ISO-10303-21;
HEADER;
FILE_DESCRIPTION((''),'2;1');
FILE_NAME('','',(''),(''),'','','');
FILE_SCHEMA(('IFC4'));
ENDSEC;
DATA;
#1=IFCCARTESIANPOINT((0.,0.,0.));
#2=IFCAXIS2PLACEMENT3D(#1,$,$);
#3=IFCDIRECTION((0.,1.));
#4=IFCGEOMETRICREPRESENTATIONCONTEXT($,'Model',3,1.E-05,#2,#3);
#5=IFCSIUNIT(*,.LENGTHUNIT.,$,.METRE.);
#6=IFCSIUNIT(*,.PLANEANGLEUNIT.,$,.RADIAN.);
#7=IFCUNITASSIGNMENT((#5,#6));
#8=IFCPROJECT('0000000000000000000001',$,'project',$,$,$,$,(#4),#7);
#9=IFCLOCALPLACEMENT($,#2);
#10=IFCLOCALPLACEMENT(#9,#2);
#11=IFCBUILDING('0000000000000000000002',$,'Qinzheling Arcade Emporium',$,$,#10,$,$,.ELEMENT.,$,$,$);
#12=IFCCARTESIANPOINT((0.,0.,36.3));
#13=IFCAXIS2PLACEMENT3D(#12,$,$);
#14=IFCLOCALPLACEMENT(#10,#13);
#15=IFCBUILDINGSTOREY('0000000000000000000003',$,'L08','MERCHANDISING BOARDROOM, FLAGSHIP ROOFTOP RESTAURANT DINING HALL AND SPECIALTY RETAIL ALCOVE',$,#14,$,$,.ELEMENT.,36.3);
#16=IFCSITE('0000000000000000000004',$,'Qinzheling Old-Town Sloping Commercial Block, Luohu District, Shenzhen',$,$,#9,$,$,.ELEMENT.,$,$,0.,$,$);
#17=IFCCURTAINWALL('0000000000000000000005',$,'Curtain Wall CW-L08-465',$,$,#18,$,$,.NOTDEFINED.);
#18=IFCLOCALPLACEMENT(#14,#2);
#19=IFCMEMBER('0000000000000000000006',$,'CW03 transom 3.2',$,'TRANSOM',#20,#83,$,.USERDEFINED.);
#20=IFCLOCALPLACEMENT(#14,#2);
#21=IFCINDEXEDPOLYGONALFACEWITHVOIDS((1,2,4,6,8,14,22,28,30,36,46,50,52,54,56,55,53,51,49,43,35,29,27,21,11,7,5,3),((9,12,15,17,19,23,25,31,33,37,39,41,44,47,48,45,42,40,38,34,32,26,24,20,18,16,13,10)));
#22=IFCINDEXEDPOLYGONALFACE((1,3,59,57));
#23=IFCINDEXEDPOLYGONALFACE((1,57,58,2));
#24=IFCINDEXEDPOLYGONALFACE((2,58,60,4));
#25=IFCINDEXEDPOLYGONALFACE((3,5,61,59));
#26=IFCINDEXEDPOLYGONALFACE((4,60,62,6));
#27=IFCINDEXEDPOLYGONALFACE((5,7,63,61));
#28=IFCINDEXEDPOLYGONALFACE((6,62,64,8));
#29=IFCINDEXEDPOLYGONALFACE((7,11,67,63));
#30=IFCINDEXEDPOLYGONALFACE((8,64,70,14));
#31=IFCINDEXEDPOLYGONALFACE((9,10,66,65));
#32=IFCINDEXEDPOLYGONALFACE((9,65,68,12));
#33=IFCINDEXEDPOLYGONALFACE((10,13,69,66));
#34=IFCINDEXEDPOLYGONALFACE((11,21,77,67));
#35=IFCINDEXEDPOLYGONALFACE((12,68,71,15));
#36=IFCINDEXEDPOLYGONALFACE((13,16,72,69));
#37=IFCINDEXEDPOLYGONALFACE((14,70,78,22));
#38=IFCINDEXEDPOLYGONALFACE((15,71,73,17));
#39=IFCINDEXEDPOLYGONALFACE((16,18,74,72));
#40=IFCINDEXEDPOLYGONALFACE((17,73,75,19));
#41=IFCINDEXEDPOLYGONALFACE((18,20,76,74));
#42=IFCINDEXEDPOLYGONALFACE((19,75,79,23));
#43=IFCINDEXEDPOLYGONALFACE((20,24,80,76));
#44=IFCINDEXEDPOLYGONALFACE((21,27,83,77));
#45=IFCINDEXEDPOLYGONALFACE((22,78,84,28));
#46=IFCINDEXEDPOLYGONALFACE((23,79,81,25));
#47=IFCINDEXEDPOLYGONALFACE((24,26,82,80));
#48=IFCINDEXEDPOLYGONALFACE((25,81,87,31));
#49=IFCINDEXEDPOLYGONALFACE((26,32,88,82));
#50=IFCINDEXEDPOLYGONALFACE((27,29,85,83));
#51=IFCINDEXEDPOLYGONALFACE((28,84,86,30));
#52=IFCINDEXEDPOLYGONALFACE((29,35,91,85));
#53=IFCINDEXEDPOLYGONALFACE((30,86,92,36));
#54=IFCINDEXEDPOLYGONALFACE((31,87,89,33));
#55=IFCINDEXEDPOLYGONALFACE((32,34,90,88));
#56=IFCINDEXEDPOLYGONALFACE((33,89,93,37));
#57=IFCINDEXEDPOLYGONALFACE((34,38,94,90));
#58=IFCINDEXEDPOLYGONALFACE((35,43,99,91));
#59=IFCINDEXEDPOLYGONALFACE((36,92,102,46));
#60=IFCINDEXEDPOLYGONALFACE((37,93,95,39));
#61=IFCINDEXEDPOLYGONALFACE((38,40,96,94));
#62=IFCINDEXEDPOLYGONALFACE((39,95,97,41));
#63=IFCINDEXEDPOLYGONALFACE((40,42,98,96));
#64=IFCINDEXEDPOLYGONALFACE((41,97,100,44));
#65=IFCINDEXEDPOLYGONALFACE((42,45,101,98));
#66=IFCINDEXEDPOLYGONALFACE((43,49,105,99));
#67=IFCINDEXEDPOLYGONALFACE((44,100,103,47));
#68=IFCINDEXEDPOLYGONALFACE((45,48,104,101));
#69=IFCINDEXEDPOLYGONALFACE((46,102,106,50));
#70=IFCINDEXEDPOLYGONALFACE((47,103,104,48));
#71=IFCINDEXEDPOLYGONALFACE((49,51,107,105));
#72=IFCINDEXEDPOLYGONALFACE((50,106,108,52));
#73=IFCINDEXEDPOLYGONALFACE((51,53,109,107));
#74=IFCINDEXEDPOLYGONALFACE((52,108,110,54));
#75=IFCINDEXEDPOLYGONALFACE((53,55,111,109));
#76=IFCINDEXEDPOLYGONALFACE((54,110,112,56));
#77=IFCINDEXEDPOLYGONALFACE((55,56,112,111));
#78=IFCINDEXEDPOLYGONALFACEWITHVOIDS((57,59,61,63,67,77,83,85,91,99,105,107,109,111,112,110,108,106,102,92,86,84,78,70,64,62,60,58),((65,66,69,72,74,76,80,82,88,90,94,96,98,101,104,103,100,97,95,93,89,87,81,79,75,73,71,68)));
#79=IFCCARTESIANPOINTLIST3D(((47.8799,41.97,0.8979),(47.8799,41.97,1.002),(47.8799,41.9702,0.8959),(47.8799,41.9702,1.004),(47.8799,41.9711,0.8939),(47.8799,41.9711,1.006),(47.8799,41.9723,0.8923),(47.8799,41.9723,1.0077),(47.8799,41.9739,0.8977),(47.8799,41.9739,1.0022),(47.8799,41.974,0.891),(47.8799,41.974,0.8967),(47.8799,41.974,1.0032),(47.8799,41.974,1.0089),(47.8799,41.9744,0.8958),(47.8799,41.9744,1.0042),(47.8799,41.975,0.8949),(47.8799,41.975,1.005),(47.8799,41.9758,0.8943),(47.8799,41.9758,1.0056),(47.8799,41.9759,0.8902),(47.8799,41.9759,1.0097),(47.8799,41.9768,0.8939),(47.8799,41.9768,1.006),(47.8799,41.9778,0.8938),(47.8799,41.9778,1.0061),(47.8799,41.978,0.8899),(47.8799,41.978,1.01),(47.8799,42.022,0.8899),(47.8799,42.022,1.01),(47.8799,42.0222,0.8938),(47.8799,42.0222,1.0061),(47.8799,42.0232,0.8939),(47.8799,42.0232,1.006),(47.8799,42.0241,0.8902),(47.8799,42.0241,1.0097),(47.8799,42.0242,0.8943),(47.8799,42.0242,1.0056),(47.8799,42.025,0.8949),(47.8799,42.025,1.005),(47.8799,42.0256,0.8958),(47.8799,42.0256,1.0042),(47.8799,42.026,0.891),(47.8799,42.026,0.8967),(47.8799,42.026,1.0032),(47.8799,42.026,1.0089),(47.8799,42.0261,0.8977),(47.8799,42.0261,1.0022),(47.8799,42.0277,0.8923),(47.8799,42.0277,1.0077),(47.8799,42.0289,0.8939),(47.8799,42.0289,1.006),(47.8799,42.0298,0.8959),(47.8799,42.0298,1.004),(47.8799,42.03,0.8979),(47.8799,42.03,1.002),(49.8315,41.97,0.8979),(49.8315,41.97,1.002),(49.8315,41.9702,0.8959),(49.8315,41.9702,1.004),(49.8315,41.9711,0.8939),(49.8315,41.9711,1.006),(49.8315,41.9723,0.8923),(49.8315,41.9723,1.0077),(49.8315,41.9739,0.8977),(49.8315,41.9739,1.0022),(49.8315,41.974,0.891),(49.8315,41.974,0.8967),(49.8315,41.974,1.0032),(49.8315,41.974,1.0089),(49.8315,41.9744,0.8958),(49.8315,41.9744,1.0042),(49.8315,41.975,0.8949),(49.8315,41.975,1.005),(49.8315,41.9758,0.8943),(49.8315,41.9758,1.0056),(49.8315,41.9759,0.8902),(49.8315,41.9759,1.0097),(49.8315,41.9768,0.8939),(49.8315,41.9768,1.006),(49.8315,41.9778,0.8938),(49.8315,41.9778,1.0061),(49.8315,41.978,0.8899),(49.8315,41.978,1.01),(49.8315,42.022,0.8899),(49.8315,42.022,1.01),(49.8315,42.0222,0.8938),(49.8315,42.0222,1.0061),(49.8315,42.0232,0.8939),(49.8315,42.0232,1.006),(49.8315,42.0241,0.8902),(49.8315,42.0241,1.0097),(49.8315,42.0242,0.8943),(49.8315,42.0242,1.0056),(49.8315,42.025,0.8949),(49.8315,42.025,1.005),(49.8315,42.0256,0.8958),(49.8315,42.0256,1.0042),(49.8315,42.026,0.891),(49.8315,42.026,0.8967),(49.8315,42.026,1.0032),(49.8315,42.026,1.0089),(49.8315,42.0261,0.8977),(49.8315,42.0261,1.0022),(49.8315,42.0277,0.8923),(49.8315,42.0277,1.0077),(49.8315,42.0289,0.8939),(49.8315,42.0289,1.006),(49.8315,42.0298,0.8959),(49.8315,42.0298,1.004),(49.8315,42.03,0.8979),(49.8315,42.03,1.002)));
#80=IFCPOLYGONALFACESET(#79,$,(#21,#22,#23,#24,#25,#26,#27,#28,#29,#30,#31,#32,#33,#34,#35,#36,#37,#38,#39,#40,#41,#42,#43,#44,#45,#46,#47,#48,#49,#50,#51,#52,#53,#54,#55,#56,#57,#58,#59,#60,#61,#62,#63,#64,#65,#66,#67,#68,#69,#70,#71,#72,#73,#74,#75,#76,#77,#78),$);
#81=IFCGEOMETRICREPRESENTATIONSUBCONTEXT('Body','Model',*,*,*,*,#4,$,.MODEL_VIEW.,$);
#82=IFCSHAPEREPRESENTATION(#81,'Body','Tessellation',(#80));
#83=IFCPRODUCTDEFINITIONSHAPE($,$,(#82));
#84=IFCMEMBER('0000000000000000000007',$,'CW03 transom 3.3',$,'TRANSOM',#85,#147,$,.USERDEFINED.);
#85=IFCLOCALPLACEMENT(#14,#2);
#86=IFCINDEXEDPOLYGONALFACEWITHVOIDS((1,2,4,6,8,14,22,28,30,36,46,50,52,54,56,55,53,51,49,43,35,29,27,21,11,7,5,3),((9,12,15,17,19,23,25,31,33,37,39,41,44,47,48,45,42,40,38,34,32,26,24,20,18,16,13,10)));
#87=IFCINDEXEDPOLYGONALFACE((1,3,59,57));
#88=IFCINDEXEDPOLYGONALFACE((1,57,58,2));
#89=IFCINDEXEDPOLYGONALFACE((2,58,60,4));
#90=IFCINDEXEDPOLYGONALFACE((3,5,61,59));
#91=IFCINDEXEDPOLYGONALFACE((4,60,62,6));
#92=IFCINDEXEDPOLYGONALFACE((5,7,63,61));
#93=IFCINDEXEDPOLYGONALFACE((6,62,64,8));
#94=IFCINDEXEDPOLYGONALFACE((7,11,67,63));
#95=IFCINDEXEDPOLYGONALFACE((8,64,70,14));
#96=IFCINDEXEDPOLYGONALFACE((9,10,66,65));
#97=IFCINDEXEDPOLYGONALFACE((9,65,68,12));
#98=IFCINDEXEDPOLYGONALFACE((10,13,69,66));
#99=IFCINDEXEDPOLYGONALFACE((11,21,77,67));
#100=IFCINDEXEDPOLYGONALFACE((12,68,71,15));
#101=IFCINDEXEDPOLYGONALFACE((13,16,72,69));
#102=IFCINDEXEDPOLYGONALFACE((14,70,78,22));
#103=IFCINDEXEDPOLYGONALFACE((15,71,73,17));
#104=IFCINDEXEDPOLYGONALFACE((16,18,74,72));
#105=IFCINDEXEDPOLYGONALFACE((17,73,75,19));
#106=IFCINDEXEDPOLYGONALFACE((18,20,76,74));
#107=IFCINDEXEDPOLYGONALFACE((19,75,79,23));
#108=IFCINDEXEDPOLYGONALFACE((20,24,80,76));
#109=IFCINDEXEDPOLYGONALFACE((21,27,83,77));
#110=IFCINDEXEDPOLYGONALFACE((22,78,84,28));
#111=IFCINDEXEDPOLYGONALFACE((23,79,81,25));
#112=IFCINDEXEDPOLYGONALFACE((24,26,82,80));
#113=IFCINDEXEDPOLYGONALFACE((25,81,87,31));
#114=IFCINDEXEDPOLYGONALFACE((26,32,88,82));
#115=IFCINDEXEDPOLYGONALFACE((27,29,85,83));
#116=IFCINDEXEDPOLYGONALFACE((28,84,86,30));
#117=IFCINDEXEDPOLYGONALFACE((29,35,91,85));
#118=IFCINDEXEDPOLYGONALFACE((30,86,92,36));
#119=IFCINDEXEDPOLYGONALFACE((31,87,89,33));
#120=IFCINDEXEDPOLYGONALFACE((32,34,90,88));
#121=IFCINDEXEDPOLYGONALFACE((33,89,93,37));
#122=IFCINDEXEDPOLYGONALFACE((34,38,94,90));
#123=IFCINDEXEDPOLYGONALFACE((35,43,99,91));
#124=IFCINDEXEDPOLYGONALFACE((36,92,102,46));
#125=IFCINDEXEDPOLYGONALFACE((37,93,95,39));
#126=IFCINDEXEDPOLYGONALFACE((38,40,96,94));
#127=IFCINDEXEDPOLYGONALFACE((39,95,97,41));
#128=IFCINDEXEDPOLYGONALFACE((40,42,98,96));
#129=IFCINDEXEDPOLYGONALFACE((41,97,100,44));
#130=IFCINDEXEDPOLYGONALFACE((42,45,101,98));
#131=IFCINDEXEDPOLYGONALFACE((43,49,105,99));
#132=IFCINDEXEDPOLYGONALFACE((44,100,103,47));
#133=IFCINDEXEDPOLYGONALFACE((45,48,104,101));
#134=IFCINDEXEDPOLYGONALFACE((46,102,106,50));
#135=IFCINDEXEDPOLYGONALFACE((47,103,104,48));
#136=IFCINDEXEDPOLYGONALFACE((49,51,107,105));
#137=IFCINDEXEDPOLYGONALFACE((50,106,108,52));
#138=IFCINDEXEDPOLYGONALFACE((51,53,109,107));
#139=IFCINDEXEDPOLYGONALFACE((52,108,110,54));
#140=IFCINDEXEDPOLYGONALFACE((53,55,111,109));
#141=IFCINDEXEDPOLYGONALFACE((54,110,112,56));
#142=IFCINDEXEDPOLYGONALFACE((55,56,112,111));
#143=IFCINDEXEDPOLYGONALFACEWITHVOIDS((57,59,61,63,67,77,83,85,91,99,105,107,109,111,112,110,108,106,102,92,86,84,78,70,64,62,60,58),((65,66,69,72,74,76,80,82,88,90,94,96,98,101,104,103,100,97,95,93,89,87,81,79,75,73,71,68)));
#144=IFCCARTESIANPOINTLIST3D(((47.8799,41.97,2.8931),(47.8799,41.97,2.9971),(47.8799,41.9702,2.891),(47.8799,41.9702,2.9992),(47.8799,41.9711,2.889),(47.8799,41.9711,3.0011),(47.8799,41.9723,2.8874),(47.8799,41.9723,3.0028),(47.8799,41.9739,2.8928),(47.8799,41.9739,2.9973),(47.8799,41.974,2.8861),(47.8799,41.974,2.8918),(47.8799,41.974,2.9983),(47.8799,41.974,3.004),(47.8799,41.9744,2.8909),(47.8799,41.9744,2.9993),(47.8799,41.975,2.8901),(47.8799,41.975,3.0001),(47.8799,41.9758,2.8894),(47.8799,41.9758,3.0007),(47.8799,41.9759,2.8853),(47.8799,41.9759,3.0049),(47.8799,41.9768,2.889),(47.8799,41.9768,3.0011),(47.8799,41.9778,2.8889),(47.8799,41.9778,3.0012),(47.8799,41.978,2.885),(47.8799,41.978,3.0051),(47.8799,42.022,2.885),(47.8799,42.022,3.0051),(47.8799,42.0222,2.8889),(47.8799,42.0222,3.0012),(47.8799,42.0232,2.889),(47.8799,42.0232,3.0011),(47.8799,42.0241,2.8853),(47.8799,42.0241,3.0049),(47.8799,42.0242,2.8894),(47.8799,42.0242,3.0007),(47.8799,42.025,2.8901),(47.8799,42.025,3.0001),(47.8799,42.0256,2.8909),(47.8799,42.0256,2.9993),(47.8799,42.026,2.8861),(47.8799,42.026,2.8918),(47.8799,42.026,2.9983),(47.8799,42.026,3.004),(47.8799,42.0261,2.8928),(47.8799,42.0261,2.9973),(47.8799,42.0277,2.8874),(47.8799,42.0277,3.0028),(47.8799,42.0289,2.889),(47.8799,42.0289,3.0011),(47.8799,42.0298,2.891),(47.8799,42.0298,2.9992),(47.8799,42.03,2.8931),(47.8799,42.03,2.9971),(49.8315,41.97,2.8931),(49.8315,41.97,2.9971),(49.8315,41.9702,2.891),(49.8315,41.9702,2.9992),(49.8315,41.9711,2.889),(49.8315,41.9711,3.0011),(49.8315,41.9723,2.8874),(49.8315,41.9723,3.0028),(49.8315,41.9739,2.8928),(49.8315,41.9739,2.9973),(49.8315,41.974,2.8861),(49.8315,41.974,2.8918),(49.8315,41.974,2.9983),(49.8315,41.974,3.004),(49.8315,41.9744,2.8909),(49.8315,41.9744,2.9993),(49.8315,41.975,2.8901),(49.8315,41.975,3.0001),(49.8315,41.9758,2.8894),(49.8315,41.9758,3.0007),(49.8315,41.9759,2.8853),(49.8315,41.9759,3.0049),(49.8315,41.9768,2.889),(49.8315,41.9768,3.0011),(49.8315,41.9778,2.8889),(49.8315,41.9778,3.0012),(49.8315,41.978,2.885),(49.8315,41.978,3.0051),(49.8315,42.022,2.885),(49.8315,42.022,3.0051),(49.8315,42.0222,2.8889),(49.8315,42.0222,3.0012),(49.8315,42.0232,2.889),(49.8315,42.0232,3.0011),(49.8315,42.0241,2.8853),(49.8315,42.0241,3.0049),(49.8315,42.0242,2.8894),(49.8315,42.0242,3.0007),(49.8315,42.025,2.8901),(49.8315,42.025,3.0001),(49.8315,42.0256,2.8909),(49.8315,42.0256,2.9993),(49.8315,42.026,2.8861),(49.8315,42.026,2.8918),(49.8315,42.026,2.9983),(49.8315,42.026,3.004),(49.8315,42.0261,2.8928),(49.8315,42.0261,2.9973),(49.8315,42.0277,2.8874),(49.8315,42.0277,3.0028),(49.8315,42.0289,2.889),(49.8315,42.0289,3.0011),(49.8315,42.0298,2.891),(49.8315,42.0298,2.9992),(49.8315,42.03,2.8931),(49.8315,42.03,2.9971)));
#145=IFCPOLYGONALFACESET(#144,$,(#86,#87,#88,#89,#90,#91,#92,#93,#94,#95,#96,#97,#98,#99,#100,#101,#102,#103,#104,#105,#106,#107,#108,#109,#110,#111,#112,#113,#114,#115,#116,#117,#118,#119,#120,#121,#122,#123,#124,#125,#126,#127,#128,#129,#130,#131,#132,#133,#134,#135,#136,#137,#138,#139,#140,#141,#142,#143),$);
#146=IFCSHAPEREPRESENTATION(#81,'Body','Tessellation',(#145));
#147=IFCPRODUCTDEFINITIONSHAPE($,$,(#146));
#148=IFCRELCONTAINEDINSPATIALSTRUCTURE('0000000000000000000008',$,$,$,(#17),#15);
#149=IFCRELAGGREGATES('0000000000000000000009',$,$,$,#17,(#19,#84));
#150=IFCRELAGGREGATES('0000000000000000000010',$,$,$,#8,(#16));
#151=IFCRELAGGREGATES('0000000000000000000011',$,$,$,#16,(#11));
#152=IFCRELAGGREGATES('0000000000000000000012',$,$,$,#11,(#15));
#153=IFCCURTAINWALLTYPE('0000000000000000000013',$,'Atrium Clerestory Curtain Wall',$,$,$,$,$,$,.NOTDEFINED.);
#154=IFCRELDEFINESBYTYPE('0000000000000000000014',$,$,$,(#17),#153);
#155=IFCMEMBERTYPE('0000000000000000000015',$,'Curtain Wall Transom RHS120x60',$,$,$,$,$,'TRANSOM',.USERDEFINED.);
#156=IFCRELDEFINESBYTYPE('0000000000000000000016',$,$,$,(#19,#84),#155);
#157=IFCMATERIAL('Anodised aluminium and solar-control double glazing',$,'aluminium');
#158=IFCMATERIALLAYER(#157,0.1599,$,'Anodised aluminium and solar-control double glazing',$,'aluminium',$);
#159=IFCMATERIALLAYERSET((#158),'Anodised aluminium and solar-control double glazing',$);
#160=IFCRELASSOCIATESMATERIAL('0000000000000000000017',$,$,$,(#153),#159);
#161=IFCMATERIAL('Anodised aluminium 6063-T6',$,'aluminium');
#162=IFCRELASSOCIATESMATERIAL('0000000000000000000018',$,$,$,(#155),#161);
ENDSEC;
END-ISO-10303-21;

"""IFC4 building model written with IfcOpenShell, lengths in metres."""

from ifc_helpers import new_model, si_unit, direction, frame, origin, origin_2d, place, context, subcontext, project, spatial, hollow_rectangle, extrude, material, layer, layer_set, material_profile, profile_set, type_object, element, aggregate, save


model = new_model("IFC4")

# Units and contexts
model_context = context("Model", 3, precision=1e-05, world=origin(), true_north=direction((0.0, 1.0)))
body_context = subcontext(model_context, "Body", "Model", "MODEL_VIEW")
ifc_project = project(units=[si_unit("LENGTHUNIT", "METRE"), si_unit("PLANEANGLEUNIT", "RADIAN")], contexts=[model_context])

# Site, building, storey
site_placement = place(None, origin())
site = spatial("IfcSite", under=ifc_project, at=site_placement, Name="Qinzheling Old-Town Sloping Commercial Block, Luohu District, Shenzhen", CompositionType="ELEMENT", RefElevation=0.0)
building_placement = place(site_placement, origin())
building = spatial("IfcBuilding", under=site, at=building_placement, Name="Qinzheling Arcade Emporium", CompositionType="ELEMENT")
storey_placement = place(building_placement, frame((0.0, 0.0, 36.3)))
storey = spatial("IfcBuildingStorey", under=building, at=storey_placement, Name="L08", Description="MERCHANDISING BOARDROOM, FLAGSHIP ROOFTOP RESTAURANT DINING HALL AND SPECIALTY RETAIL ALCOVE", CompositionType="ELEMENT", Elevation=36.3)

# Curtain wall, members
ifc_material_1 = material(Name="Anodised aluminium and solar-control double glazing", Category="aluminium")
ifc_layer_1 = layer(ifc_material_1, 0.1599, Name="Anodised aluminium and solar-control double glazing", Category="aluminium")
ifc_layer_set_1 = layer_set([ifc_layer_1], Name="Anodised aluminium and solar-control double glazing")
curtain_wall_type = type_object("IfcCurtainWallType", Name="Atrium Clerestory Curtain Wall", PredefinedType="NOTDEFINED", material=ifc_layer_set_1)
curtain_wall_placement = place(storey_placement, origin())
curtain_wall = element("IfcCurtainWall", 1, at=curtain_wall_placement, inside=storey, type_object=curtain_wall_type, Name="Curtain Wall CW-L08-465", PredefinedType="NOTDEFINED")
ifc_material_2 = material(Name="Anodised aluminium 6063-T6", Category="aluminium")
ifc_material_profile_1 = material_profile(ifc_material_2, hollow_rectangle(XDim=0.0601, YDim=0.1201, WallThickness=0.0039, InnerFilletRadius=0.0039, OuterFilletRadius=0.0081, at=origin_2d()), Name="RHS 120x60x4", Category="aluminium")
ifc_profile_set_1 = profile_set([ifc_material_profile_1], Name="Anodised aluminium 6063-T6")
member_type_1 = type_object("IfcMemberType", Name="Curtain Wall Transom RHS120x60", ElementType="TRANSOM", PredefinedType="USERDEFINED", material=ifc_profile_set_1)
member_1_placement = place(storey_placement, frame((47.8799, 42.0, 0.95), z_axis=(1.0, 0.0, 0.0), x_axis=(0.0, 1.0, 0.0)))
member_1 = element("IfcMember", 2, at=member_1_placement, type_object=member_type_1, Name="CW03 transom 3.2", ObjectType="TRANSOM", PredefinedType="USERDEFINED", context=body_context, shape_type="SweptSolid", body=[
    extrude(hollow_rectangle(XDim=0.0601, YDim=0.1201, WallThickness=0.0039, InnerFilletRadius=0.0039, OuterFilletRadius=0.0081, at=origin_2d()), origin(), (0.0, 0.0, 1.0), 1.9517),
])
member_2_placement = place(storey_placement, frame((47.8799, 42.0, 2.9451), z_axis=(1.0, 0.0, 0.0), x_axis=(0.0, 1.0, 0.0)))
member_2 = element("IfcMember", 3, at=member_2_placement, type_object=member_type_1, Name="CW03 transom 3.3", ObjectType="TRANSOM", PredefinedType="USERDEFINED", context=body_context, shape_type="SweptSolid", body=[
    extrude(hollow_rectangle(XDim=0.0601, YDim=0.1201, WallThickness=0.0039, InnerFilletRadius=0.0039, OuterFilletRadius=0.0081, at=origin_2d()), origin(), (0.0, 0.0, 1.0), 1.9517),
])
aggregate(curtain_wall, [member_1, member_2])

save(model, "model.ifc")
